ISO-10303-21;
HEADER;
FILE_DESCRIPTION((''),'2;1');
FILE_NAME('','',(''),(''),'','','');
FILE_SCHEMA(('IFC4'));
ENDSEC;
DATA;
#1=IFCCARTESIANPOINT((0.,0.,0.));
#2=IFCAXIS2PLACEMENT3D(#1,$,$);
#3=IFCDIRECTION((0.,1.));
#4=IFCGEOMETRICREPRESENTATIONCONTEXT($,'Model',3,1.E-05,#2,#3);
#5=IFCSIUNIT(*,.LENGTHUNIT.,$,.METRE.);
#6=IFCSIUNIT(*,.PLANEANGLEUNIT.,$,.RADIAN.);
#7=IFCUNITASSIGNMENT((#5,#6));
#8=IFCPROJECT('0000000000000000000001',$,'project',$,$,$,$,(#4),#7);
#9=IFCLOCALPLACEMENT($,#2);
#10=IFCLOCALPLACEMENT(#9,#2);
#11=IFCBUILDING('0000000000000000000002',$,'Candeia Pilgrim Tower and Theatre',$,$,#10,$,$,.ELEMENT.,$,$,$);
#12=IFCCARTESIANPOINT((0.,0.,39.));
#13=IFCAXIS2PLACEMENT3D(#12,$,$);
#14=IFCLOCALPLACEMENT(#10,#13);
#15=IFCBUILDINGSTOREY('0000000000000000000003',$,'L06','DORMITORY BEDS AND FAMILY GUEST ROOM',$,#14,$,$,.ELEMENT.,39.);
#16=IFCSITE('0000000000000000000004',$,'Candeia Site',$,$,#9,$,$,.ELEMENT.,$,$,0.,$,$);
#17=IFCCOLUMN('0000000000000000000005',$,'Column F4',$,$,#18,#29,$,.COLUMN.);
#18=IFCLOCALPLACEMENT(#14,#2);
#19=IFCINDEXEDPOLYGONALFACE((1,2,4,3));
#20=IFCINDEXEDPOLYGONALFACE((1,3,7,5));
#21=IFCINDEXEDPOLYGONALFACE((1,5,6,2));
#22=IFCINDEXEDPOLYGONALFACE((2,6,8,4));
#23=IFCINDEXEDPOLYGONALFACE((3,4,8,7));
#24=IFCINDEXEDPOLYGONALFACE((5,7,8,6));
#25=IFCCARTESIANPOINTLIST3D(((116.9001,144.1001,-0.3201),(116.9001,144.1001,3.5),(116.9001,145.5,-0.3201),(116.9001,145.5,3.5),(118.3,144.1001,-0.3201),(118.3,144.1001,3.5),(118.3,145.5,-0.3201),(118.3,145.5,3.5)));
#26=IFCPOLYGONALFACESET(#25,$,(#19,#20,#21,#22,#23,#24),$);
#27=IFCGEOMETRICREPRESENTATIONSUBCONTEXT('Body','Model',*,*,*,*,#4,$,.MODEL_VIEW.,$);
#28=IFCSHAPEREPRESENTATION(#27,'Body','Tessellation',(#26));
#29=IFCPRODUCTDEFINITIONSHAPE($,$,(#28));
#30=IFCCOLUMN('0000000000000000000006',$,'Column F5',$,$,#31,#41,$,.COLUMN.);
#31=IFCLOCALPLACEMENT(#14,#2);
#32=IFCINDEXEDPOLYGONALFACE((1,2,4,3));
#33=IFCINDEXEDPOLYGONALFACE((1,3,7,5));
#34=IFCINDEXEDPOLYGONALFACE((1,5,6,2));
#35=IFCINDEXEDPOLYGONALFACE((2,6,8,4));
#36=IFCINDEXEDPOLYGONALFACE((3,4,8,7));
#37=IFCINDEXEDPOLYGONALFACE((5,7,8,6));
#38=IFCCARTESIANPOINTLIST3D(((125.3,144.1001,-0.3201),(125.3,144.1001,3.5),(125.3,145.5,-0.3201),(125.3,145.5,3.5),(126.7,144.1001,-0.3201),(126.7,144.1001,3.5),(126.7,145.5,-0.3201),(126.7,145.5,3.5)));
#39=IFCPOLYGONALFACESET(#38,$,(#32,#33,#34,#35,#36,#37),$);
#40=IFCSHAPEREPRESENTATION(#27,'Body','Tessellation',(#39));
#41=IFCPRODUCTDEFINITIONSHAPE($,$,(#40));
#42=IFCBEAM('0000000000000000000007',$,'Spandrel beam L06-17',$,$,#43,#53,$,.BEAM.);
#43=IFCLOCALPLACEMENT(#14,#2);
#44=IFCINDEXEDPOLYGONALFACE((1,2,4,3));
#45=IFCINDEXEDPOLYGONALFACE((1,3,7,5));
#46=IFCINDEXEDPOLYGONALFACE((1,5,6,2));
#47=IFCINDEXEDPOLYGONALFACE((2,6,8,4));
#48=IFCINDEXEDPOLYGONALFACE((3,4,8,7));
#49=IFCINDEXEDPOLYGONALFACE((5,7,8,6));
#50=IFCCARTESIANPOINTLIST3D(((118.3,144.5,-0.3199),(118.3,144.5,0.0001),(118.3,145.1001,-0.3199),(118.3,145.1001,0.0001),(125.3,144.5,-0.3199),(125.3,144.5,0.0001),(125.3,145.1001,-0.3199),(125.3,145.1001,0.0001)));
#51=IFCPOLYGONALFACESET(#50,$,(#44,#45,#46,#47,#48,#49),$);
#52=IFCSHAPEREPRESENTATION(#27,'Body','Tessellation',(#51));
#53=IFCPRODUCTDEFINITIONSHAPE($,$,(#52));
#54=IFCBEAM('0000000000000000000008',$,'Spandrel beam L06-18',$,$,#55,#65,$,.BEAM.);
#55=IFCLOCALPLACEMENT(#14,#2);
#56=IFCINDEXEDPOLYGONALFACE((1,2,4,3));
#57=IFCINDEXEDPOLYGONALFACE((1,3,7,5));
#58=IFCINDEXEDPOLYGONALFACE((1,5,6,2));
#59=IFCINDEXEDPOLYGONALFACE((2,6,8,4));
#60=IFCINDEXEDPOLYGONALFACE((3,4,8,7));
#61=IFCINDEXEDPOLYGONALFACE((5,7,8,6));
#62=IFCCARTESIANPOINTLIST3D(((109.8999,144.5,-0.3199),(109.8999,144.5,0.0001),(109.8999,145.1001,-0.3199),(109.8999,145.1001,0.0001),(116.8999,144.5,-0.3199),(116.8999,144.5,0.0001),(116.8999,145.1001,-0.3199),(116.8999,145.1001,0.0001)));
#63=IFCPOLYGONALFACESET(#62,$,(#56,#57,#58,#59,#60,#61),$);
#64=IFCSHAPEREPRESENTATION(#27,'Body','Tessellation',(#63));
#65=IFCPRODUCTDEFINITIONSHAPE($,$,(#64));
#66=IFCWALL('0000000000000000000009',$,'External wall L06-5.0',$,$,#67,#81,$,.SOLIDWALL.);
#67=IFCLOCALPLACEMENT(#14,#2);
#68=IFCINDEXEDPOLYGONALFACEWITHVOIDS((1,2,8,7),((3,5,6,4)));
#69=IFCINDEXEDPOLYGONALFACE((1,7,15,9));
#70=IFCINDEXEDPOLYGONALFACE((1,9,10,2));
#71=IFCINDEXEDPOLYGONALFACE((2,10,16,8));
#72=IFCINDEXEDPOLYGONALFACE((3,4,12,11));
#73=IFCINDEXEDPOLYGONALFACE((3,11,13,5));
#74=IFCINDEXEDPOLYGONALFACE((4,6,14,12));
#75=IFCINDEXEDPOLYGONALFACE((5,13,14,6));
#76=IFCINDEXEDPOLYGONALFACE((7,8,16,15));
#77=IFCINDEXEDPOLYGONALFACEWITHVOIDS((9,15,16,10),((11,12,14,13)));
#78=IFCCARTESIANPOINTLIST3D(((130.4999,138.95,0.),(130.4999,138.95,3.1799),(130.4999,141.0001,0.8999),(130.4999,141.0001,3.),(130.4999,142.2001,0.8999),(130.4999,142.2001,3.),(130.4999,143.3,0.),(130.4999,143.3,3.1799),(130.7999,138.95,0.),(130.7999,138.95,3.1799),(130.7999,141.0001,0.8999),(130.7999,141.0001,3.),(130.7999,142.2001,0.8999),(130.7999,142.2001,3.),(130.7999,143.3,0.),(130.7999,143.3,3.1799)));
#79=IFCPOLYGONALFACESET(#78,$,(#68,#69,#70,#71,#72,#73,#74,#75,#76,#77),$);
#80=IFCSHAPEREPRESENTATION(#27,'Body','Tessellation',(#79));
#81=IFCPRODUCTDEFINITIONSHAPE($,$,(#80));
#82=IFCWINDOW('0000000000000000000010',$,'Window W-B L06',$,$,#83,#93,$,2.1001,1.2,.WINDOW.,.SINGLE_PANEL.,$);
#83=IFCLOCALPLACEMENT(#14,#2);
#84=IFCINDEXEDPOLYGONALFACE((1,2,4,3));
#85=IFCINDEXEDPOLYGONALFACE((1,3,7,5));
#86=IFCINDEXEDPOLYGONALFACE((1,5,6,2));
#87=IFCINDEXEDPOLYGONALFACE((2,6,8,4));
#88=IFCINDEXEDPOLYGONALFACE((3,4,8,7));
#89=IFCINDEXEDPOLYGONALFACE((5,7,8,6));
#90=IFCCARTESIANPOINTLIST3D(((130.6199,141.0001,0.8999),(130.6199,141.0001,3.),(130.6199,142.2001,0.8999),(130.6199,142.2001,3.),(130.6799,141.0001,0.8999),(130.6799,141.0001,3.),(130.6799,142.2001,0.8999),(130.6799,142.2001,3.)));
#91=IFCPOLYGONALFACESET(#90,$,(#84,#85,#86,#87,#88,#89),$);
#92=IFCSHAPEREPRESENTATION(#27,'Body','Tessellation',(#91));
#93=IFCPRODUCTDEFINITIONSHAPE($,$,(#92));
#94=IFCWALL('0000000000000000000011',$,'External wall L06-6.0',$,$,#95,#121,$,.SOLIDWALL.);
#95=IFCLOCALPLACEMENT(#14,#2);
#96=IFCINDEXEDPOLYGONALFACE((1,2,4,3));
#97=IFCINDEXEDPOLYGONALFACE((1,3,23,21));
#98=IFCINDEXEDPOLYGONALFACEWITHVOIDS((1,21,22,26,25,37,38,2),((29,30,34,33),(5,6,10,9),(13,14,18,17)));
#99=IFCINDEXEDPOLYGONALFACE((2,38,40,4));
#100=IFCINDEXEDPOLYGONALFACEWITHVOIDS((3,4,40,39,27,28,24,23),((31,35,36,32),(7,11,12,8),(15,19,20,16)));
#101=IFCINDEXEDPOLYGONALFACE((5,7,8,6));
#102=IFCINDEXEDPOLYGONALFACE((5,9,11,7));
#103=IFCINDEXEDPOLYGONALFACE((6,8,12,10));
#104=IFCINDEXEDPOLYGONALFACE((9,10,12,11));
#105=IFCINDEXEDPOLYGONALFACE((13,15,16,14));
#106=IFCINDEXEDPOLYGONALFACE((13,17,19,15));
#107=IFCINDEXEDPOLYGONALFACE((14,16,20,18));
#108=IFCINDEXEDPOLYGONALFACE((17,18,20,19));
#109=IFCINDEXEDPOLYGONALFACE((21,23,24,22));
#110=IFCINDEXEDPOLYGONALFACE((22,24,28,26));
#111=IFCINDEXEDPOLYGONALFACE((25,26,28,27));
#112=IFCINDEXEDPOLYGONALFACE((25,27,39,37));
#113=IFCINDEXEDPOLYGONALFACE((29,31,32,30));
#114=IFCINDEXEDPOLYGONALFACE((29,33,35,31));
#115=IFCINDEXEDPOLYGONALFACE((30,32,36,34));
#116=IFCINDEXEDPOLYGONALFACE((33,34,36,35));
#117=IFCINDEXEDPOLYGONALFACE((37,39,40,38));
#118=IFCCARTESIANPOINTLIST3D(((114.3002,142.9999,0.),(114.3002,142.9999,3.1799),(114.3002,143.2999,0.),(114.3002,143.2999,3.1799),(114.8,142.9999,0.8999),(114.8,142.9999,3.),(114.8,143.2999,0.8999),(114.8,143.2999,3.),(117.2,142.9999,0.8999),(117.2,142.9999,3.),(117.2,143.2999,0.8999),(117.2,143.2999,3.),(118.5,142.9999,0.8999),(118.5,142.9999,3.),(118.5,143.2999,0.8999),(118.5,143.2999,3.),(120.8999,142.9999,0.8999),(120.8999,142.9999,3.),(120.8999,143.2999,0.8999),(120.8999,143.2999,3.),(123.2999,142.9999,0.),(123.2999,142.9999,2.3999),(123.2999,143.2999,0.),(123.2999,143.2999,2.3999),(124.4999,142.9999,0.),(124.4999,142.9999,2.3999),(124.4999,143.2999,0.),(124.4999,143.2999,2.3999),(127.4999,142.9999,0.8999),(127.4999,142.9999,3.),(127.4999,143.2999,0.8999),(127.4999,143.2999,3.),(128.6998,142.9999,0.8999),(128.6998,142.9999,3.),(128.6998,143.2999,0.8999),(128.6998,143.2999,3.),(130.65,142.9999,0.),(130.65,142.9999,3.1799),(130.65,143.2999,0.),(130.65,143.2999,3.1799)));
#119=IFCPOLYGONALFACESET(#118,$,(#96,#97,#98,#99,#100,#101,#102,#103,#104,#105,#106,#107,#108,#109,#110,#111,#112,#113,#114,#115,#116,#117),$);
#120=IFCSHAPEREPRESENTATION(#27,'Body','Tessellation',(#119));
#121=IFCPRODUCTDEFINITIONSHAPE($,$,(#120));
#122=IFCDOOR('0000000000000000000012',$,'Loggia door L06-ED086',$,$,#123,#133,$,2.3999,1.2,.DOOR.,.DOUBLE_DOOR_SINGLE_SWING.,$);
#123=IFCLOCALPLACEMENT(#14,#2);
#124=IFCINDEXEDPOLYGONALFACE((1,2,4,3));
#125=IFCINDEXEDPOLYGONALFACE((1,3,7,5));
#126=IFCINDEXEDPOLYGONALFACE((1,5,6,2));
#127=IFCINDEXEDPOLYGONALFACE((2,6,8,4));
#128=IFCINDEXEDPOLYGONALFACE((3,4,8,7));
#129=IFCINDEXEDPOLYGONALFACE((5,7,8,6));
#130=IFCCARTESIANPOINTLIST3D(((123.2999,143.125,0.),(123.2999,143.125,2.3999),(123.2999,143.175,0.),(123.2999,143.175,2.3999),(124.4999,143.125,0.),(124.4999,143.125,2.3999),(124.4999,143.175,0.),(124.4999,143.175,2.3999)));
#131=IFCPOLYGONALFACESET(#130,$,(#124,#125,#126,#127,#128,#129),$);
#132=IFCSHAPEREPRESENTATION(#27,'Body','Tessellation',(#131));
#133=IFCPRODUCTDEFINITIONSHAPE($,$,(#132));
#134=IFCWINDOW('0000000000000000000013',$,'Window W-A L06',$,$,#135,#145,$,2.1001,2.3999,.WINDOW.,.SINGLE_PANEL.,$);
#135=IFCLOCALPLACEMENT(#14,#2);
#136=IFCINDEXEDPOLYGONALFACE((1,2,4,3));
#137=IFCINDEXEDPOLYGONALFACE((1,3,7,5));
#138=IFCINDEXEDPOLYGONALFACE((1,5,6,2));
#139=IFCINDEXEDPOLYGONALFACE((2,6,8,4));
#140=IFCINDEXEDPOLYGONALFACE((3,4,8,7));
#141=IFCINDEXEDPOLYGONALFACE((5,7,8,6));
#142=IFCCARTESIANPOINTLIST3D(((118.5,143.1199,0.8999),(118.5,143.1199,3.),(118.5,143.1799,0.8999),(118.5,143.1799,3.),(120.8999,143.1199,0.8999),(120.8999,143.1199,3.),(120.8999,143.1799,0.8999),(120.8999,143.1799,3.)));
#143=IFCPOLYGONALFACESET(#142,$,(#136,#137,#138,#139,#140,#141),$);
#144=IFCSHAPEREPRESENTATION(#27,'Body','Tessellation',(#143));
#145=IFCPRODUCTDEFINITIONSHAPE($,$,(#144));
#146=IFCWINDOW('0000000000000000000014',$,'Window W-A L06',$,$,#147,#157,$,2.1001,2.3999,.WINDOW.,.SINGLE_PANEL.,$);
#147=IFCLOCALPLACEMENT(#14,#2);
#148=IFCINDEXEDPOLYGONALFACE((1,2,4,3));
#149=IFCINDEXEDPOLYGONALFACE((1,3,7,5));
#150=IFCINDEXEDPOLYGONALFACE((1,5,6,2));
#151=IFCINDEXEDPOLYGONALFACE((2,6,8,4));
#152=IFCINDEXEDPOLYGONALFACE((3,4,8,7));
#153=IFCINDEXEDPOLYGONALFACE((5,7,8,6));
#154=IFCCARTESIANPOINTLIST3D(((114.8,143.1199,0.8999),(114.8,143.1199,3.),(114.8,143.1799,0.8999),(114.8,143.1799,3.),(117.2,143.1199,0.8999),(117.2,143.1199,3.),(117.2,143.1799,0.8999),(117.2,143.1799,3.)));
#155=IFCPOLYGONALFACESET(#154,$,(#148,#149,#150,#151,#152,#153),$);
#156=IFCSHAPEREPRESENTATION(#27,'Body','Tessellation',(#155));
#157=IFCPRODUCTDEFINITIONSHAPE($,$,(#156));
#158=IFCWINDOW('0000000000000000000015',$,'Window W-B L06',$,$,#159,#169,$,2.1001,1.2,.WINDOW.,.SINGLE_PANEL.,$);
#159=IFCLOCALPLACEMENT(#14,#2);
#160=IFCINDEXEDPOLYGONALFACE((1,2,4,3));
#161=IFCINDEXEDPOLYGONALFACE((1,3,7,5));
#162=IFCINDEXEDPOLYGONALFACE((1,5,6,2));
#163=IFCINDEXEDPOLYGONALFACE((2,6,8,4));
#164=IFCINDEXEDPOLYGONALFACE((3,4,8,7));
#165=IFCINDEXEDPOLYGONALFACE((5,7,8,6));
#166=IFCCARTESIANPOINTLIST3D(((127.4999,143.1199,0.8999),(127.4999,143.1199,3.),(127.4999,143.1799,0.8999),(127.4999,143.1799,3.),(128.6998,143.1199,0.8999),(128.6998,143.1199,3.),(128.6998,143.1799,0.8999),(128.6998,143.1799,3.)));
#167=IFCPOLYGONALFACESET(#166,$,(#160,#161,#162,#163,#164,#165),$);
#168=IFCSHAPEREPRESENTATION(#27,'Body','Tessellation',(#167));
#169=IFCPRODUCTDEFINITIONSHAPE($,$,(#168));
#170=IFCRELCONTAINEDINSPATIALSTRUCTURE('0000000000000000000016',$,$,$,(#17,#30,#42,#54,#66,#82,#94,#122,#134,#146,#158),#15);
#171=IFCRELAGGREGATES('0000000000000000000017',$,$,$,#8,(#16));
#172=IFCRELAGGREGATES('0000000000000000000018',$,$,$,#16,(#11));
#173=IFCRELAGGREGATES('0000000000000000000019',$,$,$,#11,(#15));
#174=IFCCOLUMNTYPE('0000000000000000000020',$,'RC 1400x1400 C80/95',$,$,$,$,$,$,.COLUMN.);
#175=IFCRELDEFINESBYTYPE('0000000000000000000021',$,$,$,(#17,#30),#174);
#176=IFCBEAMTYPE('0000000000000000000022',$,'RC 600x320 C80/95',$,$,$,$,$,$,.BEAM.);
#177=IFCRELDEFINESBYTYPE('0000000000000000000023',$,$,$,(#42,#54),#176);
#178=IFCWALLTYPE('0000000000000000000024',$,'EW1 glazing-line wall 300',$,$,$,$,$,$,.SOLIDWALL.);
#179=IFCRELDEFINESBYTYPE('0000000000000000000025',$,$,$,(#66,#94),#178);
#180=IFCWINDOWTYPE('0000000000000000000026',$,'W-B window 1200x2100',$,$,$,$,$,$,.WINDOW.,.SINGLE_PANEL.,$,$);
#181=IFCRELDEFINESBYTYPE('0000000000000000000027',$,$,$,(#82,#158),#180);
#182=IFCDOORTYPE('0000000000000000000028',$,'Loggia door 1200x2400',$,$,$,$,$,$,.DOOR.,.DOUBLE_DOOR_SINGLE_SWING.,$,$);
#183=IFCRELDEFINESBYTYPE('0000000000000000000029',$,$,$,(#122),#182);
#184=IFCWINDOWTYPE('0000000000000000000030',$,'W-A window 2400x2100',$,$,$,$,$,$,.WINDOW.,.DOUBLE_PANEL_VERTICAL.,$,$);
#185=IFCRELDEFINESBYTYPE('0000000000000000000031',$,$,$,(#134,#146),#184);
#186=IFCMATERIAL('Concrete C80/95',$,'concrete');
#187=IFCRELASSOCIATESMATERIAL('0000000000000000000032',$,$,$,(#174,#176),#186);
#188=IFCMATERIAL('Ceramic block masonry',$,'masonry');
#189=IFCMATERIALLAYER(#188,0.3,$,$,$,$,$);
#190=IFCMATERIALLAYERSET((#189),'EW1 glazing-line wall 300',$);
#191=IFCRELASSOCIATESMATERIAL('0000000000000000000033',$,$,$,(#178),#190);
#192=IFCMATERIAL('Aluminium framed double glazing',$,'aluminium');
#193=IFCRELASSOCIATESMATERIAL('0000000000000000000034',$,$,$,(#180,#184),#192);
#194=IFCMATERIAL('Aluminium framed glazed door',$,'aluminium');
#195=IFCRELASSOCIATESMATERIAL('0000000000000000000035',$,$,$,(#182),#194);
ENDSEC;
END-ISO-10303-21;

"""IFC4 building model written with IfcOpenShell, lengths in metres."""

from ifc_helpers import new_model, si_unit, direction, frame, frame_2d, origin, origin_2d, place, context, subcontext, project, spatial, rectangle, extrude, material, layer, layer_set, material_profile, profile_set, type_object, element, fill, save


model = new_model("IFC4")

# Units and contexts
model_context = context("Model", 3, precision=1e-05, world=origin(), true_north=direction((0.0, 1.0)))
body_context = subcontext(model_context, "Body", "Model", "MODEL_VIEW")
ifc_project = project(units=[si_unit("LENGTHUNIT", "METRE"), si_unit("PLANEANGLEUNIT", "RADIAN")], contexts=[model_context])

# Site, building, storey
site_placement = place(None, origin())
site = spatial("IfcSite", under=ifc_project, at=site_placement, Name="Candeia Site", CompositionType="ELEMENT", RefElevation=0.0)
building_placement = place(site_placement, origin())
building = spatial("IfcBuilding", under=site, at=building_placement, Name="Candeia Pilgrim Tower and Theatre", CompositionType="ELEMENT")
storey_placement = place(building_placement, frame((0.0, 0.0, 39.0)))
storey = spatial("IfcBuildingStorey", under=building, at=storey_placement, Name="L06", Description="DORMITORY BEDS AND FAMILY GUEST ROOM", CompositionType="ELEMENT", Elevation=39.0)

# Columns
ifc_material_1 = material(Name="Concrete C80/95", Category="concrete")
ifc_material_profile_1 = material_profile(ifc_material_1, rectangle(XDim=1.3999, YDim=1.3999, at=origin_2d()))
ifc_profile_set_1 = profile_set([ifc_material_profile_1], Name="Concrete C80/95")
column_type = type_object("IfcColumnType", Name="RC 1400x1400 C80/95", PredefinedType="COLUMN", material=ifc_profile_set_1)
for number, where, z_axis, x_axis, name in (
    (1, (117.6001, 144.8, -0.3201), (0.0, 0.0, 1.0), (1.0, 0.0, 0.0), "Column F4"),
    (2, (126.0, 144.8, -0.3201), (0.0, 0.0, 1.0), (1.0, 0.0, 0.0), "Column F5"),
):
    element("IfcColumn", number, at=place(storey_placement, frame(where, z_axis=z_axis, x_axis=x_axis)), inside=storey, type_object=column_type, Name=name, PredefinedType="COLUMN", context=body_context, shape_type="SweptSolid", body=[
        extrude(rectangle(XDim=1.3999, YDim=1.3999, at=origin_2d()), origin(), (0.0, 0.0, 1.0), 3.8201),
    ])

# Beams
ifc_material_profile_2 = material_profile(ifc_material_1, rectangle(XDim=0.6001, YDim=0.3201, at=origin_2d()))
ifc_profile_set_2 = profile_set([ifc_material_profile_2], Name="Concrete C80/95")
beam_type = type_object("IfcBeamType", Name="RC 600x320 C80/95", PredefinedType="BEAM", material=ifc_profile_set_2)
for number, where, z_axis, x_axis, name in (
    (3, (125.3, 144.8, -0.1599), (-1.0, 0.0, 0.0), (0.0, -1.0, 0.0), "Spandrel beam L06-17"),
    (4, (116.8999, 144.8, -0.1599), (-1.0, 0.0, 0.0), (0.0, -1.0, 0.0), "Spandrel beam L06-18"),
):
    element("IfcBeam", number, at=place(storey_placement, frame(where, z_axis=z_axis, x_axis=x_axis)), inside=storey, type_object=beam_type, Name=name, PredefinedType="BEAM", context=body_context, shape_type="SweptSolid", body=[
        extrude(rectangle(XDim=0.6001, YDim=0.3201, at=origin_2d()), origin(), (0.0, 0.0, 1.0), 7.0),
    ])

# Wall, opening, window
ifc_material_2 = material(Name="Ceramic block masonry", Category="masonry")
ifc_layer_1 = layer(ifc_material_2, 0.3)
ifc_layer_set_1 = layer_set([ifc_layer_1], Name="EW1 glazing-line wall 300")
wall_type_1 = type_object("IfcWallType", Name="EW1 glazing-line wall 300", PredefinedType="SOLIDWALL", material=ifc_layer_set_1)
wall_1_placement = place(storey_placement, frame((130.6499, 138.95, 0.0), z_axis=(0.0, 0.0, 1.0), x_axis=(0.0, 1.0, 0.0)))
wall_1 = element("IfcWall", 5, at=wall_1_placement, inside=storey, type_object=wall_type_1, Name="External wall L06-5.0", PredefinedType="SOLIDWALL", context=body_context, shape_type="SweptSolid", body=[
    extrude(rectangle(XDim=4.3501, YDim=0.3, at=frame_2d((2.175, 0.0))), origin(), (0.0, 0.0, 1.0), 3.1799),
])
opening_1_placement = place(wall_1_placement, frame((2.05, 0.0, 0.8999)))
opening_1 = element("IfcOpeningElement", 6, at=opening_1_placement, cuts=wall_1, PredefinedType="OPENING", context=body_context, shape_type="SweptSolid", body=[
    extrude(rectangle(XDim=1.2, YDim=2.1001, at=frame_2d((0.6001, 1.05))), frame((0.0, 0.1602, 0.0), z_axis=(0.0, -1.0, 0.0), x_axis=(1.0, 0.0, 0.0)), (0.0, 0.0, 1.0), 0.3201),
])
ifc_material_3 = material(Name="Aluminium framed double glazing", Category="aluminium")
window_type_1 = type_object("IfcWindowType", Name="W-B window 1200x2100", PartitioningType="SINGLE_PANEL", PredefinedType="WINDOW", material=ifc_material_3)
window_1_placement = place(opening_1_placement, origin())
window_1 = element("IfcWindow", 7, at=window_1_placement, inside=storey, type_object=window_type_1, Name="Window W-B L06", OverallHeight=2.1001, OverallWidth=1.2, PartitioningType="SINGLE_PANEL", PredefinedType="WINDOW", context=body_context, shape_type="SweptSolid", body=[
    extrude(rectangle(XDim=1.2, YDim=2.1001, at=frame_2d((0.6001, 1.05))), frame((0.0, 0.03, 0.0), z_axis=(0.0, -1.0, 0.0), x_axis=(1.0, 0.0, 0.0)), (0.0, 0.0, 1.0), 0.0601),
])
fill(opening_1, window_1)

# Wall, openings, door, windows
wall_2_placement = place(storey_placement, frame((130.6499, 143.1499, 0.0), z_axis=(0.0, 0.0, 1.0), x_axis=(-1.0, 0.0, 0.0)))
wall_2 = element("IfcWall", 8, at=wall_2_placement, inside=storey, type_object=wall_type_1, Name="External wall L06-6.0", PredefinedType="SOLIDWALL", context=body_context, shape_type="SweptSolid", body=[
    extrude(rectangle(XDim=16.3499, YDim=0.3, at=frame_2d((8.1748, 0.0))), origin(), (0.0, 0.0, 1.0), 3.1799),
])
opening_2_placement = place(wall_2_placement, frame((1.95, 0.0, 0.8999)))
opening_2 = element("IfcOpeningElement", 9, at=opening_2_placement, cuts=wall_2, PredefinedType="OPENING", context=body_context, shape_type="SweptSolid", body=[
    extrude(rectangle(XDim=1.2, YDim=2.1001, at=frame_2d((0.6001, 1.05))), frame((0.0, 0.1602, 0.0), z_axis=(0.0, -1.0, 0.0), x_axis=(1.0, 0.0, 0.0)), (0.0, 0.0, 1.0), 0.3201),
])
opening_3_placement = place(wall_2_placement, frame((6.1499, 0.0, 0.0)))
opening_3 = element("IfcOpeningElement", 10, at=opening_3_placement, cuts=wall_2, PredefinedType="OPENING", context=body_context, shape_type="SweptSolid", body=[
    extrude(rectangle(XDim=1.2, YDim=2.3999, at=frame_2d((0.6001, 1.2))), frame((0.0, 0.1602, 0.0), z_axis=(0.0, -1.0, 0.0), x_axis=(1.0, 0.0, 0.0)), (0.0, 0.0, 1.0), 0.3201),
])
opening_4_placement = place(wall_2_placement, frame((9.75, 0.0, 0.8999)))
opening_4 = element("IfcOpeningElement", 11, at=opening_4_placement, cuts=wall_2, PredefinedType="OPENING", context=body_context, shape_type="SweptSolid", body=[
    extrude(rectangle(XDim=2.3999, YDim=2.1001, at=frame_2d((1.2, 1.05))), frame((0.0, 0.1602, 0.0), z_axis=(0.0, -1.0, 0.0), x_axis=(1.0, 0.0, 0.0)), (0.0, 0.0, 1.0), 0.3201),
])
opening_5_placement = place(wall_2_placement, frame((13.45, 0.0, 0.8999)))
opening_5 = element("IfcOpeningElement", 12, at=opening_5_placement, cuts=wall_2, PredefinedType="OPENING", context=body_context, shape_type="SweptSolid", body=[
    extrude(rectangle(XDim=2.3999, YDim=2.1001, at=frame_2d((1.2, 1.05))), frame((0.0, 0.1602, 0.0), z_axis=(0.0, -1.0, 0.0), x_axis=(1.0, 0.0, 0.0)), (0.0, 0.0, 1.0), 0.3201),
])
ifc_material_4 = material(Name="Aluminium framed glazed door", Category="aluminium")
door_type_1 = type_object("IfcDoorType", Name="Loggia door 1200x2400", OperationType="DOUBLE_DOOR_SINGLE_SWING", PredefinedType="DOOR", material=ifc_material_4)
door_1_placement = place(opening_3_placement, origin())
door_1 = element("IfcDoor", 13, at=door_1_placement, inside=storey, type_object=door_type_1, Name="Loggia door L06-ED086", OperationType="DOUBLE_DOOR_SINGLE_SWING", OverallHeight=2.3999, OverallWidth=1.2, PredefinedType="DOOR", context=body_context, shape_type="SweptSolid", body=[
    extrude(rectangle(XDim=1.2, YDim=2.3999, at=frame_2d((0.6001, 1.2))), frame((0.0, 0.0249, 0.0), z_axis=(0.0, -1.0, 0.0), x_axis=(1.0, 0.0, 0.0)), (0.0, 0.0, 1.0), 0.05),
])
fill(opening_3, door_1)
window_type_2 = type_object("IfcWindowType", Name="W-A window 2400x2100", PartitioningType="DOUBLE_PANEL_VERTICAL", PredefinedType="WINDOW", material=ifc_material_3)
window_2_placement = place(opening_4_placement, origin())
window_2 = element("IfcWindow", 14, at=window_2_placement, inside=storey, type_object=window_type_2, Name="Window W-A L06", OverallHeight=2.1001, OverallWidth=2.3999, PartitioningType="SINGLE_PANEL", PredefinedType="WINDOW", context=body_context, shape_type="SweptSolid", body=[
    extrude(rectangle(XDim=2.3999, YDim=2.1001, at=frame_2d((1.2, 1.05))), frame((0.0, 0.03, 0.0), z_axis=(0.0, -1.0, 0.0), x_axis=(1.0, 0.0, 0.0)), (0.0, 0.0, 1.0), 0.0601),
])
fill(opening_4, window_2)
window_3_placement = place(opening_5_placement, origin())
window_3 = element("IfcWindow", 15, at=window_3_placement, inside=storey, type_object=window_type_2, Name="Window W-A L06", OverallHeight=2.1001, OverallWidth=2.3999, PartitioningType="SINGLE_PANEL", PredefinedType="WINDOW", context=body_context, shape_type="SweptSolid", body=[
    extrude(rectangle(XDim=2.3999, YDim=2.1001, at=frame_2d((1.2, 1.05))), frame((0.0, 0.03, 0.0), z_axis=(0.0, -1.0, 0.0), x_axis=(1.0, 0.0, 0.0)), (0.0, 0.0, 1.0), 0.0601),
])
fill(opening_5, window_3)
window_4_placement = place(opening_2_placement, origin())
window_4 = element("IfcWindow", 16, at=window_4_placement, inside=storey, type_object=window_type_1, Name="Window W-B L06", OverallHeight=2.1001, OverallWidth=1.2, PartitioningType="SINGLE_PANEL", PredefinedType="WINDOW", context=body_context, shape_type="SweptSolid", body=[
    extrude(rectangle(XDim=1.2, YDim=2.1001, at=frame_2d((0.6001, 1.05))), frame((0.0, 0.03, 0.0), z_axis=(0.0, -1.0, 0.0), x_axis=(1.0, 0.0, 0.0)), (0.0, 0.0, 1.0), 0.0601),
])
fill(opening_2, window_4)

save(model, "model.ifc")
